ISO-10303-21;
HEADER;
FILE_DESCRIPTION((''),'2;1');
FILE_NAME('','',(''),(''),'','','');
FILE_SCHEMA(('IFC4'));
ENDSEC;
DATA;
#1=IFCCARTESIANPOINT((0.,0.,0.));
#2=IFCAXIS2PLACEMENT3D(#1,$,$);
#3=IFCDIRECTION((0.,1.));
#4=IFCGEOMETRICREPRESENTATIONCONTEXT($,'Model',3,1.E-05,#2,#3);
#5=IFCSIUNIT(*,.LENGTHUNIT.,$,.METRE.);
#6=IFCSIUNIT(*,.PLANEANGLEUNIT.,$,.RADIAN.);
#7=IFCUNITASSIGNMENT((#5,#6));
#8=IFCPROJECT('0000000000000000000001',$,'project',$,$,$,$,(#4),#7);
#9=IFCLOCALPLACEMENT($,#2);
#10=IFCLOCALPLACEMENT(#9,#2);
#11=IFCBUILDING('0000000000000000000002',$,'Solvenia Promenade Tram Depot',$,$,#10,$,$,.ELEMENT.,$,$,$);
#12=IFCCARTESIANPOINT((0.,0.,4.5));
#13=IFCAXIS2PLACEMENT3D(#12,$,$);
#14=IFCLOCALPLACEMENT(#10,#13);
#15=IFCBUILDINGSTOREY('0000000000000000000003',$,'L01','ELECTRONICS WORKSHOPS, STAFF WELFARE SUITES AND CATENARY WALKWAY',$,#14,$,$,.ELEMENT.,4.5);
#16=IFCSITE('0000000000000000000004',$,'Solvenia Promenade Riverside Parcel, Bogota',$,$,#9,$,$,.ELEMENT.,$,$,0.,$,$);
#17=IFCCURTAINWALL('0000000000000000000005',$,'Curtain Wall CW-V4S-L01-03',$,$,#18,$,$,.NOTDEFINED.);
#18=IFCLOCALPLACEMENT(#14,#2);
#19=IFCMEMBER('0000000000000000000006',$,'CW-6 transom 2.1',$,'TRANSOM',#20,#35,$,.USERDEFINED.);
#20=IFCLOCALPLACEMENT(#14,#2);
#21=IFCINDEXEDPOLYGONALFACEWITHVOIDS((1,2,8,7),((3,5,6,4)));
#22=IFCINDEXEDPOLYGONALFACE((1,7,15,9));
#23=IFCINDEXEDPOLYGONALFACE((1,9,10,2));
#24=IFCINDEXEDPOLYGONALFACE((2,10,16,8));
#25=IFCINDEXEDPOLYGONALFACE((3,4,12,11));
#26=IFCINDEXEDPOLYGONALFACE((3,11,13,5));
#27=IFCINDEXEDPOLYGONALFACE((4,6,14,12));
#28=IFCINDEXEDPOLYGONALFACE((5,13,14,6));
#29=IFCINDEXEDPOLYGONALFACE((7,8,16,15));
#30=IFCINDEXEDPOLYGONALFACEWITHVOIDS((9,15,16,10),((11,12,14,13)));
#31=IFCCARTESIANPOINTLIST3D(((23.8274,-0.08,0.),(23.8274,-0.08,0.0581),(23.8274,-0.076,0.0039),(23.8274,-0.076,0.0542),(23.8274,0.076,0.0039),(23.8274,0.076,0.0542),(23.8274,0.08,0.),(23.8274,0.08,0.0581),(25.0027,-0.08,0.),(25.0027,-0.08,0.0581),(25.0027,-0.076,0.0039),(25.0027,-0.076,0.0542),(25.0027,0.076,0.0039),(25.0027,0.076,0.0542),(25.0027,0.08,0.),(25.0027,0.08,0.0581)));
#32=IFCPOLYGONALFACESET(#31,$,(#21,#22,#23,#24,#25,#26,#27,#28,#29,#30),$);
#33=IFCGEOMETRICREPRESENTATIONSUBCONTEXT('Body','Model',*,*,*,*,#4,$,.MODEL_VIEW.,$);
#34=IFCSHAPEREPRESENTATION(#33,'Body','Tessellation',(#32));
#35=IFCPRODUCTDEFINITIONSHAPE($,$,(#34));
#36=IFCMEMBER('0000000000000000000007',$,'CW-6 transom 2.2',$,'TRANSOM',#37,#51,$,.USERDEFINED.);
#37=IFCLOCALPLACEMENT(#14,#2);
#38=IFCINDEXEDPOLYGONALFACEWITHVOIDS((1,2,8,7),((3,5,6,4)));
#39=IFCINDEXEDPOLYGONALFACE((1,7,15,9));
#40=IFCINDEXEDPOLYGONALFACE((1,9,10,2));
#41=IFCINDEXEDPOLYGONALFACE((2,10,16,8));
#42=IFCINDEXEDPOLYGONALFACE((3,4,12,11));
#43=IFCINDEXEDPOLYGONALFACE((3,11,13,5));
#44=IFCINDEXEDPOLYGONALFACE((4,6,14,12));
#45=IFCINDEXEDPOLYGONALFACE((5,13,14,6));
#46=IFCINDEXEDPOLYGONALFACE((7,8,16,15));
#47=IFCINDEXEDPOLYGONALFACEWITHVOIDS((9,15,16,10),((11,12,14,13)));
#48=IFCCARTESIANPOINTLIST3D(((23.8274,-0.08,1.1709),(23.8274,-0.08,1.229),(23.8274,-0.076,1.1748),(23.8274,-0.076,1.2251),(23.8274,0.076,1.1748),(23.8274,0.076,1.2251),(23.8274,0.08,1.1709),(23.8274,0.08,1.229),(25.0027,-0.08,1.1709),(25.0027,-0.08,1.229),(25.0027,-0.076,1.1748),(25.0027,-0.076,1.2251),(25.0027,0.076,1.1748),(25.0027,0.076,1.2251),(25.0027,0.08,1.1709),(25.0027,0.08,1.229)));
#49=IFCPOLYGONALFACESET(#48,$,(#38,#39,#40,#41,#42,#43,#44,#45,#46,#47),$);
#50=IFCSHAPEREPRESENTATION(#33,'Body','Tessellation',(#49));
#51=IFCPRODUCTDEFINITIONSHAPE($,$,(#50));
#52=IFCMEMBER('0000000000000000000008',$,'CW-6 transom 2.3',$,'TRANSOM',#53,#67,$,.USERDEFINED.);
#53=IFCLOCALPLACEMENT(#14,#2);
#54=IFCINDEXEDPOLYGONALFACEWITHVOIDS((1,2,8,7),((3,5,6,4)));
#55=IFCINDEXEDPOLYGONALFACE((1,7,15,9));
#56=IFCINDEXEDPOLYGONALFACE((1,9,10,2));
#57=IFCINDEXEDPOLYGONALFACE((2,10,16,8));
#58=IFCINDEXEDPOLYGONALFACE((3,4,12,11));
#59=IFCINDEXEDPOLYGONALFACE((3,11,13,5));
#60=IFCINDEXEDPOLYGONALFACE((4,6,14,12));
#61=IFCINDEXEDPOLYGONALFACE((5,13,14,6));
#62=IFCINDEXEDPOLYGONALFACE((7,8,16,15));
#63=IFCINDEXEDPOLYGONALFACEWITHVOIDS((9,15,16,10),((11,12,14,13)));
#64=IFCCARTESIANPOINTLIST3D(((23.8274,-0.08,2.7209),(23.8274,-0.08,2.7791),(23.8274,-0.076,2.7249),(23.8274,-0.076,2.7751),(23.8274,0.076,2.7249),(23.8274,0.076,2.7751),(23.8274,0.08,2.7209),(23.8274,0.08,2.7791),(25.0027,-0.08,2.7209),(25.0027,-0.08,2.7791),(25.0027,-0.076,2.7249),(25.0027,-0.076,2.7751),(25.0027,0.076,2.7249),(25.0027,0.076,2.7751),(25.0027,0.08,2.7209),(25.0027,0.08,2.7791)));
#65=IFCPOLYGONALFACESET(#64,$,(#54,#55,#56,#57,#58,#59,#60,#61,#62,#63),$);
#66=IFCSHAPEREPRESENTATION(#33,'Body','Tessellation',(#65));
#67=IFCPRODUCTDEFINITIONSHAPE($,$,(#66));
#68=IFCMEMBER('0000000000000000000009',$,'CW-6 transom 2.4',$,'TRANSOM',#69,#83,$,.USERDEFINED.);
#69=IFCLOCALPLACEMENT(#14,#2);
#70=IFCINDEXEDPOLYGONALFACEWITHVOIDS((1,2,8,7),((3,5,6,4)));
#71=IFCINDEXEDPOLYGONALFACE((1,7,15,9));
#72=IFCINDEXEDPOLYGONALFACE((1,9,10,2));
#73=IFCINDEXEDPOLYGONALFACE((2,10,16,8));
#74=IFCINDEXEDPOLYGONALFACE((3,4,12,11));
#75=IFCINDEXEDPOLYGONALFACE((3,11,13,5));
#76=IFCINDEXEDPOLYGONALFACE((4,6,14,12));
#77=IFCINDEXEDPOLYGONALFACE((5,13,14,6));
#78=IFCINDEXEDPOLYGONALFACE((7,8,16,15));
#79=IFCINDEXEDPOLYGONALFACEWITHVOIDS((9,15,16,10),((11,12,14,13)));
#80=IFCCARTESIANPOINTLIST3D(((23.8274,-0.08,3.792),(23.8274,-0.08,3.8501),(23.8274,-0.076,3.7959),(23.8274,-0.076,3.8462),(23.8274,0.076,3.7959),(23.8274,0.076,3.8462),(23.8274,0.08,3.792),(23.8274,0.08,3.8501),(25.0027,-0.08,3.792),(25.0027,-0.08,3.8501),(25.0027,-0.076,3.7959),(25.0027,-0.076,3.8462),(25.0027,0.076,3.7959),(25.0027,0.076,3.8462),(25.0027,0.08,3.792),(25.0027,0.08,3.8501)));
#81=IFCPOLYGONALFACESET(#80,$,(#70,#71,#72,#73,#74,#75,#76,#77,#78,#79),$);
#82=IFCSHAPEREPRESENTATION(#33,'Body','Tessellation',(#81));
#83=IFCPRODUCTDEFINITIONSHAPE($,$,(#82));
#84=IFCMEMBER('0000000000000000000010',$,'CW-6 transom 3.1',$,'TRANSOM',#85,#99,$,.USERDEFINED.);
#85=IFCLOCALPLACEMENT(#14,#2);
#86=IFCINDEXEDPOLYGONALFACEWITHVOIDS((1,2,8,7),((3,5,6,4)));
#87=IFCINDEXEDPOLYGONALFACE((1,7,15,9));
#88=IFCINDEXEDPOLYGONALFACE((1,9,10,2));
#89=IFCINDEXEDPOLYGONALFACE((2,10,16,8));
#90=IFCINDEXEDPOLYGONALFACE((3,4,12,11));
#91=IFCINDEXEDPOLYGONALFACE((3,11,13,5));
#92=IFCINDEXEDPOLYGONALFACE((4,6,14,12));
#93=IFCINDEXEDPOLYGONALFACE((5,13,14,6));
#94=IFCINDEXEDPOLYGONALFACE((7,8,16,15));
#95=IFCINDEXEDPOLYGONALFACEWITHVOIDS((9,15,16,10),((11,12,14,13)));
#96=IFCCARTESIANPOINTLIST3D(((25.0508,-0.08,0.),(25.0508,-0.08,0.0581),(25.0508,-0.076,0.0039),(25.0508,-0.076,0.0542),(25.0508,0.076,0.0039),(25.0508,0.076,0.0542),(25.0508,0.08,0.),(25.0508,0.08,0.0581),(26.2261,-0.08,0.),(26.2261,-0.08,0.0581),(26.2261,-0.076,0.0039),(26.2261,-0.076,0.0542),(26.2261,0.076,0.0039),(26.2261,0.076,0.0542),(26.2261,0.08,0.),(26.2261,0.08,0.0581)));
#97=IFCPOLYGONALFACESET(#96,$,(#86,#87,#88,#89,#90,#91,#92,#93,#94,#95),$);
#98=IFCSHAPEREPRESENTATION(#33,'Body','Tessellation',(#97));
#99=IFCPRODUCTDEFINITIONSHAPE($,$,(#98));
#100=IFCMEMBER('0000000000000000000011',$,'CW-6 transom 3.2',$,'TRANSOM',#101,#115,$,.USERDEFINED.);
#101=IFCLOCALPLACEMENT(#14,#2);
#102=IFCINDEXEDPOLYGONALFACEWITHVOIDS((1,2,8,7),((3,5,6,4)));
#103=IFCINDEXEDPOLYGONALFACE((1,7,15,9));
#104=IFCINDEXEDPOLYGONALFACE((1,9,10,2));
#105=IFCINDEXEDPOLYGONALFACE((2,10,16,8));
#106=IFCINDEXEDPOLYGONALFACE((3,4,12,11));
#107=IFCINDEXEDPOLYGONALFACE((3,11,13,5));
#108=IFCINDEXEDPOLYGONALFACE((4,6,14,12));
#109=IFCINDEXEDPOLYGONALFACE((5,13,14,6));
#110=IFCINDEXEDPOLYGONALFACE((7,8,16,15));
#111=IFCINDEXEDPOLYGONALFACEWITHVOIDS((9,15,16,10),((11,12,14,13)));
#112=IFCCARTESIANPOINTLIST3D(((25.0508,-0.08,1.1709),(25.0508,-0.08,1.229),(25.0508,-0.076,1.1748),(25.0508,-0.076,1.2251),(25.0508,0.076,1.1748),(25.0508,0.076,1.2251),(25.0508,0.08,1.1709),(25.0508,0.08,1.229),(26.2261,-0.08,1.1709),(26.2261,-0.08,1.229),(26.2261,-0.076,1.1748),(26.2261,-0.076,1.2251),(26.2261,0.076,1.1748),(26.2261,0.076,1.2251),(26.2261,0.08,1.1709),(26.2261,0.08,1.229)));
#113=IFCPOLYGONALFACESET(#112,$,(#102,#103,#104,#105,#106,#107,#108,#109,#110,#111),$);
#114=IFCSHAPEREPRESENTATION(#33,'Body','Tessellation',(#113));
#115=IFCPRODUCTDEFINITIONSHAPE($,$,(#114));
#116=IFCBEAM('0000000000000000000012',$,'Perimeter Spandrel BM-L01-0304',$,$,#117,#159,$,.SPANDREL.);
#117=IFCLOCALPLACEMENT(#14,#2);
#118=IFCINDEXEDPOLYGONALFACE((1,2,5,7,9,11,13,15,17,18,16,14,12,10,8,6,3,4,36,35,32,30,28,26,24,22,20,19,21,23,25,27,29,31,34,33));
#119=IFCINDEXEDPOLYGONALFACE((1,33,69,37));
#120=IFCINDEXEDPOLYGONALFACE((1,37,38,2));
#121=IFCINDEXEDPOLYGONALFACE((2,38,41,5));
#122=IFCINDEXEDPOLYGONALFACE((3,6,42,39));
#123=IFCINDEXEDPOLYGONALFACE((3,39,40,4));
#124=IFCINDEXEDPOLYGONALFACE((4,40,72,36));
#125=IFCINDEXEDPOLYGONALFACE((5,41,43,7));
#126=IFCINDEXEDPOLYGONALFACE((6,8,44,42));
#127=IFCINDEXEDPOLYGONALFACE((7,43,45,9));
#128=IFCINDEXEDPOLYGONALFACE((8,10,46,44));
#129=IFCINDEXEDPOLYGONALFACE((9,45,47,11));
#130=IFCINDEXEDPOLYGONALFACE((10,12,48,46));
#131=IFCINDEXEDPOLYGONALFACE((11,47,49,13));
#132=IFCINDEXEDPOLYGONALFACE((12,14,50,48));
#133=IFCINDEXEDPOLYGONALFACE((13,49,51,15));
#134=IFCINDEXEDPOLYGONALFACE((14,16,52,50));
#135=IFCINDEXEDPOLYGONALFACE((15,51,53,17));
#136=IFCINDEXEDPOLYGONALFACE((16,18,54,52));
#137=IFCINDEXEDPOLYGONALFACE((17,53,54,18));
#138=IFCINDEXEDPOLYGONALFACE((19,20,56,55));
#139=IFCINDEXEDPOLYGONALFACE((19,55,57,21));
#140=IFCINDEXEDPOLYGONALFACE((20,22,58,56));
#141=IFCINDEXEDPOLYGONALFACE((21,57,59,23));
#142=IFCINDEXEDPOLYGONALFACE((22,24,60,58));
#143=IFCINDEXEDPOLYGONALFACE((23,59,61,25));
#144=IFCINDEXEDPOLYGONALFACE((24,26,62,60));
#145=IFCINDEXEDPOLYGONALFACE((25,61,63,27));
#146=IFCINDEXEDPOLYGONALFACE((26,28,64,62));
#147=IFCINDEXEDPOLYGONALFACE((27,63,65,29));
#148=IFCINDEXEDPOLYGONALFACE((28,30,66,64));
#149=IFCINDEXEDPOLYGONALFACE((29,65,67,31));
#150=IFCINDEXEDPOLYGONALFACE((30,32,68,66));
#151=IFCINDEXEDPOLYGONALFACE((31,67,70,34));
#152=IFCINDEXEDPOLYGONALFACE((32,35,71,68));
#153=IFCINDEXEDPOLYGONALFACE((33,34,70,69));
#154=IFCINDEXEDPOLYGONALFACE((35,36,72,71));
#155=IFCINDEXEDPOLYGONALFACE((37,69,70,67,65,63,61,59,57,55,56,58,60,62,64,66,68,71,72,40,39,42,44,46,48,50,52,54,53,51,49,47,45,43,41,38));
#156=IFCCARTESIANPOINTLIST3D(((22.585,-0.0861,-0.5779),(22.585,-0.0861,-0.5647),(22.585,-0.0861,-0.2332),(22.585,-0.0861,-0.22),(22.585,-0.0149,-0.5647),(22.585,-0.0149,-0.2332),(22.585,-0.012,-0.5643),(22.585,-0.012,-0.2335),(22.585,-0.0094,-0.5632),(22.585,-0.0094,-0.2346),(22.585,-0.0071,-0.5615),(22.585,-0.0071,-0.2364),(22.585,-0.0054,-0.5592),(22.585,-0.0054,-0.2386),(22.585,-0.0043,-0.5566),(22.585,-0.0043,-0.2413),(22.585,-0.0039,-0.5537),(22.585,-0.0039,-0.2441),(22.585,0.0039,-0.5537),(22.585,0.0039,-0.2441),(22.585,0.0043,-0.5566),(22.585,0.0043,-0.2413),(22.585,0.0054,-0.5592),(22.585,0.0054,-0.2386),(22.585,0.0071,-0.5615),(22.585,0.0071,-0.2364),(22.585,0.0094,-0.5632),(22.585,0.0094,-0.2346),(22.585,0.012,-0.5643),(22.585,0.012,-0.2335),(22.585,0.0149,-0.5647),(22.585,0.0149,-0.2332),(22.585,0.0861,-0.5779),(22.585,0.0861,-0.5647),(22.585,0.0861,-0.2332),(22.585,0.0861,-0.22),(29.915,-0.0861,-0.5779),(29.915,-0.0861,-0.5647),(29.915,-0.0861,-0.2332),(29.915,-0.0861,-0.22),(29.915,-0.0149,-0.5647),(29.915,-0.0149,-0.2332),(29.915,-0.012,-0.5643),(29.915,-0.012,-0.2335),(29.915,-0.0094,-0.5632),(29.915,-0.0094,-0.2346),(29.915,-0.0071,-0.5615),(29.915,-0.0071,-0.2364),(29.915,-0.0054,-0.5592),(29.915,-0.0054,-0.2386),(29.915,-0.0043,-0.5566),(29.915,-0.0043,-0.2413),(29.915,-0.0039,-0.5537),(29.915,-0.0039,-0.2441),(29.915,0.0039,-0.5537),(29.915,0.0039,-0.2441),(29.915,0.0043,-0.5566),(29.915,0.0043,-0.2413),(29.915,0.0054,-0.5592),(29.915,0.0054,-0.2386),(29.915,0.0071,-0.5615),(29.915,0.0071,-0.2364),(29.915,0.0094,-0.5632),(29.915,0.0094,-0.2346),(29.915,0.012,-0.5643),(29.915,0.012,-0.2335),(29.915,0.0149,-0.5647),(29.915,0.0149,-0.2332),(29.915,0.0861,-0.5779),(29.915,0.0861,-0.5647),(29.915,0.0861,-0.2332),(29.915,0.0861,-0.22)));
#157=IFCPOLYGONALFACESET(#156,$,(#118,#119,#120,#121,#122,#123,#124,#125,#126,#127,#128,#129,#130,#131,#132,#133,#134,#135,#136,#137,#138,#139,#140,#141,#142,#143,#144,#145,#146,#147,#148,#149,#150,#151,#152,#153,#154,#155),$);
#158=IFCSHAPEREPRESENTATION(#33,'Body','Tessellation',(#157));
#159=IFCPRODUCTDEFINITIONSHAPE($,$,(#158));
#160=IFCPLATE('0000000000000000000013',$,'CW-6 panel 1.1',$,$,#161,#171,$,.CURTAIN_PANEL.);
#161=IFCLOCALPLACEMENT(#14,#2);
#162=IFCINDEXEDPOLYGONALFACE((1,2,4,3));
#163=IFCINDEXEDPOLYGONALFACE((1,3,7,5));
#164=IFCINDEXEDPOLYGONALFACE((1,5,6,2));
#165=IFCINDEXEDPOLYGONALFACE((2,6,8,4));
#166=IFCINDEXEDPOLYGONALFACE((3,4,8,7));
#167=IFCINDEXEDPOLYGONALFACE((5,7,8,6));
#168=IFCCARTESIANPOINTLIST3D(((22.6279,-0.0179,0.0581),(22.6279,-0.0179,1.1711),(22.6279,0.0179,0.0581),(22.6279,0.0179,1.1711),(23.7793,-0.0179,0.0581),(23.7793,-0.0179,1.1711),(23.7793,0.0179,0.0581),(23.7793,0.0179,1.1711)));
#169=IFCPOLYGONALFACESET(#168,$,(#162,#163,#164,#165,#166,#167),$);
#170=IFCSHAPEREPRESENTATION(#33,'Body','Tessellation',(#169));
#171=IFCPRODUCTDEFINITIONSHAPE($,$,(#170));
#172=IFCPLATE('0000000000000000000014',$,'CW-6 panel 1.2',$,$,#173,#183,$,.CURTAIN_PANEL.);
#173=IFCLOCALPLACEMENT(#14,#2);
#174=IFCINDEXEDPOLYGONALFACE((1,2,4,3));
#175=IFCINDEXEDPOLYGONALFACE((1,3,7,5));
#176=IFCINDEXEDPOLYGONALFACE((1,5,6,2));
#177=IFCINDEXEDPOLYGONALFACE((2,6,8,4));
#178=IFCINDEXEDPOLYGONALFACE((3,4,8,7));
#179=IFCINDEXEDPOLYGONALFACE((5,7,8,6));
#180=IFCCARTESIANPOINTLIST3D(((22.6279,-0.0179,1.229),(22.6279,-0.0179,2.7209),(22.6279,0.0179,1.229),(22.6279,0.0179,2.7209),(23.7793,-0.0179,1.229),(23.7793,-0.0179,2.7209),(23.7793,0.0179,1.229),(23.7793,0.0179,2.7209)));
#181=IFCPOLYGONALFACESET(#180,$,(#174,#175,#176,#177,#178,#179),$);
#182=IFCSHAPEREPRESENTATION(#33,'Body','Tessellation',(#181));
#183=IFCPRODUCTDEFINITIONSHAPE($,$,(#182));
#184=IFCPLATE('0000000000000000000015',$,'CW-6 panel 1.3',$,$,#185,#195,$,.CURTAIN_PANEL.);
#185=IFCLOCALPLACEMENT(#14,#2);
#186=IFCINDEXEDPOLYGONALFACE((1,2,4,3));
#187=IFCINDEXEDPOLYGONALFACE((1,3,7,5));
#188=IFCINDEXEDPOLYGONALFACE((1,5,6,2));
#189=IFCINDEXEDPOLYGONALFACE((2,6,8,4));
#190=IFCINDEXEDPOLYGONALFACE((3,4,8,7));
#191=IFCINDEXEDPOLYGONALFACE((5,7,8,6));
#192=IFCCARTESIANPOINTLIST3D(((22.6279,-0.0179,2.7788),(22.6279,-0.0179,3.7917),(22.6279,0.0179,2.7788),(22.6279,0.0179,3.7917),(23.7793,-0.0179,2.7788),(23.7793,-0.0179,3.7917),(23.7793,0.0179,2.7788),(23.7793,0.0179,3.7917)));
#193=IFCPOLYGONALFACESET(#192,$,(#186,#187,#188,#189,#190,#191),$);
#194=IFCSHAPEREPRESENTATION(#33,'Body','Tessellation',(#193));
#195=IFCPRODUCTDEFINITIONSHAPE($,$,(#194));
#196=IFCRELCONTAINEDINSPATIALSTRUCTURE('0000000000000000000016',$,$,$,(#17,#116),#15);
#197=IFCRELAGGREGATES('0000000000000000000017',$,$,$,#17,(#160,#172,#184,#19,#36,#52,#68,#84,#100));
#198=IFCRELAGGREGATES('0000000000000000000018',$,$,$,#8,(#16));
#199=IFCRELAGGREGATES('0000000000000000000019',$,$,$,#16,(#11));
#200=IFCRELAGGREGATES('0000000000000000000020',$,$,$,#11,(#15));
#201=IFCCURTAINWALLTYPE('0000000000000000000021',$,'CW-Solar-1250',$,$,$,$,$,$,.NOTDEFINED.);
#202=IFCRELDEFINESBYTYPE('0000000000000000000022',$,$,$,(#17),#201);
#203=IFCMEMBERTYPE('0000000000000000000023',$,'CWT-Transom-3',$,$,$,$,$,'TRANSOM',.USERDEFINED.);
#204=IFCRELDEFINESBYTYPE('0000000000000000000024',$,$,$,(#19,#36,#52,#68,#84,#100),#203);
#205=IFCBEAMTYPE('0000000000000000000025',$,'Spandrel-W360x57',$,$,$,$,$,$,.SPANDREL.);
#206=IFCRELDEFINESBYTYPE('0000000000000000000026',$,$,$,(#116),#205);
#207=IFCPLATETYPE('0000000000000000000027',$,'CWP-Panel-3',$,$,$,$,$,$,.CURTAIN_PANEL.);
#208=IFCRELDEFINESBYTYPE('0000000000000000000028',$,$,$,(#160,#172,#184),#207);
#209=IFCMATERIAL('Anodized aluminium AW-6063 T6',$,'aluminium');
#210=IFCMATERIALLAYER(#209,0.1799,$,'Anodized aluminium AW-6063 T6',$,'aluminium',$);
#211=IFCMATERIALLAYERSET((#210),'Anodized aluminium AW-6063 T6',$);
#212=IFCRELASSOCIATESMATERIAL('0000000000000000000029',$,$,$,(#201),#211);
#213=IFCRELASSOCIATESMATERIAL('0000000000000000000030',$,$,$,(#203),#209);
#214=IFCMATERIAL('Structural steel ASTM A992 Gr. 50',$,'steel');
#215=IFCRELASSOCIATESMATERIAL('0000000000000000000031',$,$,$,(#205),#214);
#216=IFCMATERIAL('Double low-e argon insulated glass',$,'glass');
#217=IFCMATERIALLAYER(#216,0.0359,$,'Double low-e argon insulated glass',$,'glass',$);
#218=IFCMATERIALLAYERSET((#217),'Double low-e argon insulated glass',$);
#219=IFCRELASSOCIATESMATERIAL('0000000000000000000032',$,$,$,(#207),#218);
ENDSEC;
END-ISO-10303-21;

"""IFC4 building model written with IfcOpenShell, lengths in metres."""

from ifc_helpers import new_model, si_unit, direction, frame, origin, origin_2d, place, context, subcontext, project, spatial, rectangle, hollow_rectangle, i_section, extrude, material, layer, layer_set, material_profile, profile_set, type_object, element, aggregate, save


model = new_model("IFC4")

# Units and contexts
model_context = context("Model", 3, precision=1e-05, world=origin(), true_north=direction((0.0, 1.0)))
body_context = subcontext(model_context, "Body", "Model", "MODEL_VIEW")
ifc_project = project(units=[si_unit("LENGTHUNIT", "METRE"), si_unit("PLANEANGLEUNIT", "RADIAN")], contexts=[model_context])

# Site, building, storey
site_placement = place(None, origin())
site = spatial("IfcSite", under=ifc_project, at=site_placement, Name="Solvenia Promenade Riverside Parcel, Bogota", CompositionType="ELEMENT", RefElevation=0.0)
building_placement = place(site_placement, origin())
building = spatial("IfcBuilding", under=site, at=building_placement, Name="Solvenia Promenade Tram Depot", CompositionType="ELEMENT")
storey_placement = place(building_placement, frame((0.0, 0.0, 4.5)))
storey = spatial("IfcBuildingStorey", under=building, at=storey_placement, Name="L01", Description="ELECTRONICS WORKSHOPS, STAFF WELFARE SUITES AND CATENARY WALKWAY", CompositionType="ELEMENT", Elevation=4.5)

# Shared definitions
ifc_material_1 = material(Name="Structural steel ASTM A992 Gr. 50", Category="steel")

# Shared definitions
ifc_material_2 = material(Name="Anodized aluminium AW-6063 T6", Category="aluminium")

# Curtain wall, members
ifc_layer_1 = layer(ifc_material_2, 0.1799, Name="Anodized aluminium AW-6063 T6", Category="aluminium")
ifc_layer_set_1 = layer_set([ifc_layer_1], Name="Anodized aluminium AW-6063 T6")
curtain_wall_type_1 = type_object("IfcCurtainWallType", Name="CW-Solar-1250", PredefinedType="NOTDEFINED", material=ifc_layer_set_1)
curtain_wall_1_placement = place(storey_placement, origin())
curtain_wall_1 = element("IfcCurtainWall", 1, at=curtain_wall_1_placement, inside=storey, type_object=curtain_wall_type_1, Name="Curtain Wall CW-V4S-L01-03", PredefinedType="NOTDEFINED")
ifc_material_profile_1 = material_profile(ifc_material_2, hollow_rectangle(XDim=0.1599, YDim=0.0581, WallThickness=0.0039, at=origin_2d()), Name="ALU-T3", Category="aluminium")
ifc_profile_set_1 = profile_set([ifc_material_profile_1], Name="Anodized aluminium AW-6063 T6")
member_type_1 = type_object("IfcMemberType", Name="CWT-Transom-3", ElementType="TRANSOM", PredefinedType="USERDEFINED", material=ifc_profile_set_1)
member_1_placement = place(storey_placement, frame((23.8274, 0.0, 0.0291), z_axis=(1.0, 0.0, 0.0), x_axis=(0.0, 1.0, 0.0)))
member_1 = element("IfcMember", 2, at=member_1_placement, type_object=member_type_1, Name="CW-6 transom 2.1", ObjectType="TRANSOM", PredefinedType="USERDEFINED", context=body_context, shape_type="SweptSolid", body=[
    extrude(hollow_rectangle(XDim=0.1599, YDim=0.0581, WallThickness=0.0039, at=origin_2d()), origin(), (0.0, 0.0, 1.0), 1.1753),
])
member_2_placement = place(storey_placement, frame((23.8274, 0.0, 1.2), z_axis=(1.0, 0.0, 0.0), x_axis=(0.0, 1.0, 0.0)))
member_2 = element("IfcMember", 3, at=member_2_placement, type_object=member_type_1, Name="CW-6 transom 2.2", ObjectType="TRANSOM", PredefinedType="USERDEFINED", context=body_context, shape_type="SweptSolid", body=[
    extrude(hollow_rectangle(XDim=0.1599, YDim=0.0581, WallThickness=0.0039, at=origin_2d()), origin(), (0.0, 0.0, 1.0), 1.1753),
])
member_3_placement = place(storey_placement, frame((23.8274, 0.0, 2.75), z_axis=(1.0, 0.0, 0.0), x_axis=(0.0, 1.0, 0.0)))
member_3 = element("IfcMember", 4, at=member_3_placement, type_object=member_type_1, Name="CW-6 transom 2.3", ObjectType="TRANSOM", PredefinedType="USERDEFINED", context=body_context, shape_type="SweptSolid", body=[
    extrude(hollow_rectangle(XDim=0.1599, YDim=0.0581, WallThickness=0.0039, at=origin_2d()), origin(), (0.0, 0.0, 1.0), 1.1753),
])
member_4_placement = place(storey_placement, frame((23.8274, 0.0, 3.821), z_axis=(1.0, 0.0, 0.0), x_axis=(0.0, 1.0, 0.0)))
member_4 = element("IfcMember", 5, at=member_4_placement, type_object=member_type_1, Name="CW-6 transom 2.4", ObjectType="TRANSOM", PredefinedType="USERDEFINED", context=body_context, shape_type="SweptSolid", body=[
    extrude(hollow_rectangle(XDim=0.1599, YDim=0.0581, WallThickness=0.0039, at=origin_2d()), origin(), (0.0, 0.0, 1.0), 1.1753),
])
member_5_placement = place(storey_placement, frame((25.0508, 0.0, 0.0291), z_axis=(1.0, 0.0, 0.0), x_axis=(0.0, 1.0, 0.0)))
member_5 = element("IfcMember", 6, at=member_5_placement, type_object=member_type_1, Name="CW-6 transom 3.1", ObjectType="TRANSOM", PredefinedType="USERDEFINED", context=body_context, shape_type="SweptSolid", body=[
    extrude(hollow_rectangle(XDim=0.1599, YDim=0.0581, WallThickness=0.0039, at=origin_2d()), origin(), (0.0, 0.0, 1.0), 1.1753),
])
member_6_placement = place(storey_placement, frame((25.0508, 0.0, 1.2), z_axis=(1.0, 0.0, 0.0), x_axis=(0.0, 1.0, 0.0)))
member_6 = element("IfcMember", 7, at=member_6_placement, type_object=member_type_1, Name="CW-6 transom 3.2", ObjectType="TRANSOM", PredefinedType="USERDEFINED", context=body_context, shape_type="SweptSolid", body=[
    extrude(hollow_rectangle(XDim=0.1599, YDim=0.0581, WallThickness=0.0039, at=origin_2d()), origin(), (0.0, 0.0, 1.0), 1.1753),
])

# Beam
ifc_material_profile_2 = material_profile(ifc_material_1, i_section(OverallWidth=0.1721, OverallDepth=0.3579, WebThickness=0.0078, FlangeThickness=0.0132, FilletRadius=0.011, at=origin_2d()), Name="W360x57", Category="steel")
ifc_profile_set_2 = profile_set([ifc_material_profile_2], Name="Structural steel ASTM A992 Gr. 50")
beam_type = type_object("IfcBeamType", Name="Spandrel-W360x57", PredefinedType="SPANDREL", material=ifc_profile_set_2)
beam_placement = place(storey_placement, frame((22.585, 0.0, -0.3989), z_axis=(1.0, 0.0, 0.0), x_axis=(0.0, 1.0, 0.0)))
element("IfcBeam", 8, at=beam_placement, inside=storey, type_object=beam_type, Name="Perimeter Spandrel BM-L01-0304", PredefinedType="SPANDREL", context=body_context, shape_type="SweptSolid", body=[
    extrude(i_section(OverallWidth=0.1721, OverallDepth=0.3579, WebThickness=0.0078, FlangeThickness=0.0132, FilletRadius=0.011, at=origin_2d()), origin(), (0.0, 0.0, 1.0), 7.3301),
])

# Plates
ifc_material_3 = material(Name="Double low-e argon insulated glass", Category="glass")
ifc_layer_2 = layer(ifc_material_3, 0.0359, Name="Double low-e argon insulated glass", Category="glass")
ifc_layer_set_2 = layer_set([ifc_layer_2], Name="Double low-e argon insulated glass")
plate_type = type_object("IfcPlateType", Name="CWP-Panel-3", PredefinedType="CURTAIN_PANEL", material=ifc_layer_set_2)
plate_1_placement = place(storey_placement, frame((23.2036, 0.0, 0.0581), z_axis=(0.0, 0.0, 1.0), x_axis=(1.0, 0.0, 0.0)))
plate_1 = element("IfcPlate", 9, at=plate_1_placement, type_object=plate_type, Name="CW-6 panel 1.1", PredefinedType="CURTAIN_PANEL", context=body_context, shape_type="SweptSolid", body=[
    extrude(rectangle(XDim=1.1514, YDim=0.0359, at=origin_2d()), origin(), (0.0, 0.0, 1.0), 1.113),
])
plate_2_placement = place(storey_placement, frame((23.2036, 0.0, 1.229), z_axis=(0.0, 0.0, 1.0), x_axis=(1.0, 0.0, 0.0)))
plate_2 = element("IfcPlate", 10, at=plate_2_placement, type_object=plate_type, Name="CW-6 panel 1.2", PredefinedType="CURTAIN_PANEL", context=body_context, shape_type="SweptSolid", body=[
    extrude(rectangle(XDim=1.1514, YDim=0.0359, at=origin_2d()), origin(), (0.0, 0.0, 1.0), 1.4919),
])
plate_3_placement = place(storey_placement, frame((23.2036, 0.0, 2.7788), z_axis=(0.0, 0.0, 1.0), x_axis=(1.0, 0.0, 0.0)))
plate_3 = element("IfcPlate", 11, at=plate_3_placement, type_object=plate_type, Name="CW-6 panel 1.3", PredefinedType="CURTAIN_PANEL", context=body_context, shape_type="SweptSolid", body=[
    extrude(rectangle(XDim=1.1514, YDim=0.0359, at=origin_2d()), origin(), (0.0, 0.0, 1.0), 1.0129),
])
aggregate(curtain_wall_1, [plate_1, plate_2, plate_3, member_1, member_2, member_3, member_4, member_5, member_6])

save(model, "model.ifc")
